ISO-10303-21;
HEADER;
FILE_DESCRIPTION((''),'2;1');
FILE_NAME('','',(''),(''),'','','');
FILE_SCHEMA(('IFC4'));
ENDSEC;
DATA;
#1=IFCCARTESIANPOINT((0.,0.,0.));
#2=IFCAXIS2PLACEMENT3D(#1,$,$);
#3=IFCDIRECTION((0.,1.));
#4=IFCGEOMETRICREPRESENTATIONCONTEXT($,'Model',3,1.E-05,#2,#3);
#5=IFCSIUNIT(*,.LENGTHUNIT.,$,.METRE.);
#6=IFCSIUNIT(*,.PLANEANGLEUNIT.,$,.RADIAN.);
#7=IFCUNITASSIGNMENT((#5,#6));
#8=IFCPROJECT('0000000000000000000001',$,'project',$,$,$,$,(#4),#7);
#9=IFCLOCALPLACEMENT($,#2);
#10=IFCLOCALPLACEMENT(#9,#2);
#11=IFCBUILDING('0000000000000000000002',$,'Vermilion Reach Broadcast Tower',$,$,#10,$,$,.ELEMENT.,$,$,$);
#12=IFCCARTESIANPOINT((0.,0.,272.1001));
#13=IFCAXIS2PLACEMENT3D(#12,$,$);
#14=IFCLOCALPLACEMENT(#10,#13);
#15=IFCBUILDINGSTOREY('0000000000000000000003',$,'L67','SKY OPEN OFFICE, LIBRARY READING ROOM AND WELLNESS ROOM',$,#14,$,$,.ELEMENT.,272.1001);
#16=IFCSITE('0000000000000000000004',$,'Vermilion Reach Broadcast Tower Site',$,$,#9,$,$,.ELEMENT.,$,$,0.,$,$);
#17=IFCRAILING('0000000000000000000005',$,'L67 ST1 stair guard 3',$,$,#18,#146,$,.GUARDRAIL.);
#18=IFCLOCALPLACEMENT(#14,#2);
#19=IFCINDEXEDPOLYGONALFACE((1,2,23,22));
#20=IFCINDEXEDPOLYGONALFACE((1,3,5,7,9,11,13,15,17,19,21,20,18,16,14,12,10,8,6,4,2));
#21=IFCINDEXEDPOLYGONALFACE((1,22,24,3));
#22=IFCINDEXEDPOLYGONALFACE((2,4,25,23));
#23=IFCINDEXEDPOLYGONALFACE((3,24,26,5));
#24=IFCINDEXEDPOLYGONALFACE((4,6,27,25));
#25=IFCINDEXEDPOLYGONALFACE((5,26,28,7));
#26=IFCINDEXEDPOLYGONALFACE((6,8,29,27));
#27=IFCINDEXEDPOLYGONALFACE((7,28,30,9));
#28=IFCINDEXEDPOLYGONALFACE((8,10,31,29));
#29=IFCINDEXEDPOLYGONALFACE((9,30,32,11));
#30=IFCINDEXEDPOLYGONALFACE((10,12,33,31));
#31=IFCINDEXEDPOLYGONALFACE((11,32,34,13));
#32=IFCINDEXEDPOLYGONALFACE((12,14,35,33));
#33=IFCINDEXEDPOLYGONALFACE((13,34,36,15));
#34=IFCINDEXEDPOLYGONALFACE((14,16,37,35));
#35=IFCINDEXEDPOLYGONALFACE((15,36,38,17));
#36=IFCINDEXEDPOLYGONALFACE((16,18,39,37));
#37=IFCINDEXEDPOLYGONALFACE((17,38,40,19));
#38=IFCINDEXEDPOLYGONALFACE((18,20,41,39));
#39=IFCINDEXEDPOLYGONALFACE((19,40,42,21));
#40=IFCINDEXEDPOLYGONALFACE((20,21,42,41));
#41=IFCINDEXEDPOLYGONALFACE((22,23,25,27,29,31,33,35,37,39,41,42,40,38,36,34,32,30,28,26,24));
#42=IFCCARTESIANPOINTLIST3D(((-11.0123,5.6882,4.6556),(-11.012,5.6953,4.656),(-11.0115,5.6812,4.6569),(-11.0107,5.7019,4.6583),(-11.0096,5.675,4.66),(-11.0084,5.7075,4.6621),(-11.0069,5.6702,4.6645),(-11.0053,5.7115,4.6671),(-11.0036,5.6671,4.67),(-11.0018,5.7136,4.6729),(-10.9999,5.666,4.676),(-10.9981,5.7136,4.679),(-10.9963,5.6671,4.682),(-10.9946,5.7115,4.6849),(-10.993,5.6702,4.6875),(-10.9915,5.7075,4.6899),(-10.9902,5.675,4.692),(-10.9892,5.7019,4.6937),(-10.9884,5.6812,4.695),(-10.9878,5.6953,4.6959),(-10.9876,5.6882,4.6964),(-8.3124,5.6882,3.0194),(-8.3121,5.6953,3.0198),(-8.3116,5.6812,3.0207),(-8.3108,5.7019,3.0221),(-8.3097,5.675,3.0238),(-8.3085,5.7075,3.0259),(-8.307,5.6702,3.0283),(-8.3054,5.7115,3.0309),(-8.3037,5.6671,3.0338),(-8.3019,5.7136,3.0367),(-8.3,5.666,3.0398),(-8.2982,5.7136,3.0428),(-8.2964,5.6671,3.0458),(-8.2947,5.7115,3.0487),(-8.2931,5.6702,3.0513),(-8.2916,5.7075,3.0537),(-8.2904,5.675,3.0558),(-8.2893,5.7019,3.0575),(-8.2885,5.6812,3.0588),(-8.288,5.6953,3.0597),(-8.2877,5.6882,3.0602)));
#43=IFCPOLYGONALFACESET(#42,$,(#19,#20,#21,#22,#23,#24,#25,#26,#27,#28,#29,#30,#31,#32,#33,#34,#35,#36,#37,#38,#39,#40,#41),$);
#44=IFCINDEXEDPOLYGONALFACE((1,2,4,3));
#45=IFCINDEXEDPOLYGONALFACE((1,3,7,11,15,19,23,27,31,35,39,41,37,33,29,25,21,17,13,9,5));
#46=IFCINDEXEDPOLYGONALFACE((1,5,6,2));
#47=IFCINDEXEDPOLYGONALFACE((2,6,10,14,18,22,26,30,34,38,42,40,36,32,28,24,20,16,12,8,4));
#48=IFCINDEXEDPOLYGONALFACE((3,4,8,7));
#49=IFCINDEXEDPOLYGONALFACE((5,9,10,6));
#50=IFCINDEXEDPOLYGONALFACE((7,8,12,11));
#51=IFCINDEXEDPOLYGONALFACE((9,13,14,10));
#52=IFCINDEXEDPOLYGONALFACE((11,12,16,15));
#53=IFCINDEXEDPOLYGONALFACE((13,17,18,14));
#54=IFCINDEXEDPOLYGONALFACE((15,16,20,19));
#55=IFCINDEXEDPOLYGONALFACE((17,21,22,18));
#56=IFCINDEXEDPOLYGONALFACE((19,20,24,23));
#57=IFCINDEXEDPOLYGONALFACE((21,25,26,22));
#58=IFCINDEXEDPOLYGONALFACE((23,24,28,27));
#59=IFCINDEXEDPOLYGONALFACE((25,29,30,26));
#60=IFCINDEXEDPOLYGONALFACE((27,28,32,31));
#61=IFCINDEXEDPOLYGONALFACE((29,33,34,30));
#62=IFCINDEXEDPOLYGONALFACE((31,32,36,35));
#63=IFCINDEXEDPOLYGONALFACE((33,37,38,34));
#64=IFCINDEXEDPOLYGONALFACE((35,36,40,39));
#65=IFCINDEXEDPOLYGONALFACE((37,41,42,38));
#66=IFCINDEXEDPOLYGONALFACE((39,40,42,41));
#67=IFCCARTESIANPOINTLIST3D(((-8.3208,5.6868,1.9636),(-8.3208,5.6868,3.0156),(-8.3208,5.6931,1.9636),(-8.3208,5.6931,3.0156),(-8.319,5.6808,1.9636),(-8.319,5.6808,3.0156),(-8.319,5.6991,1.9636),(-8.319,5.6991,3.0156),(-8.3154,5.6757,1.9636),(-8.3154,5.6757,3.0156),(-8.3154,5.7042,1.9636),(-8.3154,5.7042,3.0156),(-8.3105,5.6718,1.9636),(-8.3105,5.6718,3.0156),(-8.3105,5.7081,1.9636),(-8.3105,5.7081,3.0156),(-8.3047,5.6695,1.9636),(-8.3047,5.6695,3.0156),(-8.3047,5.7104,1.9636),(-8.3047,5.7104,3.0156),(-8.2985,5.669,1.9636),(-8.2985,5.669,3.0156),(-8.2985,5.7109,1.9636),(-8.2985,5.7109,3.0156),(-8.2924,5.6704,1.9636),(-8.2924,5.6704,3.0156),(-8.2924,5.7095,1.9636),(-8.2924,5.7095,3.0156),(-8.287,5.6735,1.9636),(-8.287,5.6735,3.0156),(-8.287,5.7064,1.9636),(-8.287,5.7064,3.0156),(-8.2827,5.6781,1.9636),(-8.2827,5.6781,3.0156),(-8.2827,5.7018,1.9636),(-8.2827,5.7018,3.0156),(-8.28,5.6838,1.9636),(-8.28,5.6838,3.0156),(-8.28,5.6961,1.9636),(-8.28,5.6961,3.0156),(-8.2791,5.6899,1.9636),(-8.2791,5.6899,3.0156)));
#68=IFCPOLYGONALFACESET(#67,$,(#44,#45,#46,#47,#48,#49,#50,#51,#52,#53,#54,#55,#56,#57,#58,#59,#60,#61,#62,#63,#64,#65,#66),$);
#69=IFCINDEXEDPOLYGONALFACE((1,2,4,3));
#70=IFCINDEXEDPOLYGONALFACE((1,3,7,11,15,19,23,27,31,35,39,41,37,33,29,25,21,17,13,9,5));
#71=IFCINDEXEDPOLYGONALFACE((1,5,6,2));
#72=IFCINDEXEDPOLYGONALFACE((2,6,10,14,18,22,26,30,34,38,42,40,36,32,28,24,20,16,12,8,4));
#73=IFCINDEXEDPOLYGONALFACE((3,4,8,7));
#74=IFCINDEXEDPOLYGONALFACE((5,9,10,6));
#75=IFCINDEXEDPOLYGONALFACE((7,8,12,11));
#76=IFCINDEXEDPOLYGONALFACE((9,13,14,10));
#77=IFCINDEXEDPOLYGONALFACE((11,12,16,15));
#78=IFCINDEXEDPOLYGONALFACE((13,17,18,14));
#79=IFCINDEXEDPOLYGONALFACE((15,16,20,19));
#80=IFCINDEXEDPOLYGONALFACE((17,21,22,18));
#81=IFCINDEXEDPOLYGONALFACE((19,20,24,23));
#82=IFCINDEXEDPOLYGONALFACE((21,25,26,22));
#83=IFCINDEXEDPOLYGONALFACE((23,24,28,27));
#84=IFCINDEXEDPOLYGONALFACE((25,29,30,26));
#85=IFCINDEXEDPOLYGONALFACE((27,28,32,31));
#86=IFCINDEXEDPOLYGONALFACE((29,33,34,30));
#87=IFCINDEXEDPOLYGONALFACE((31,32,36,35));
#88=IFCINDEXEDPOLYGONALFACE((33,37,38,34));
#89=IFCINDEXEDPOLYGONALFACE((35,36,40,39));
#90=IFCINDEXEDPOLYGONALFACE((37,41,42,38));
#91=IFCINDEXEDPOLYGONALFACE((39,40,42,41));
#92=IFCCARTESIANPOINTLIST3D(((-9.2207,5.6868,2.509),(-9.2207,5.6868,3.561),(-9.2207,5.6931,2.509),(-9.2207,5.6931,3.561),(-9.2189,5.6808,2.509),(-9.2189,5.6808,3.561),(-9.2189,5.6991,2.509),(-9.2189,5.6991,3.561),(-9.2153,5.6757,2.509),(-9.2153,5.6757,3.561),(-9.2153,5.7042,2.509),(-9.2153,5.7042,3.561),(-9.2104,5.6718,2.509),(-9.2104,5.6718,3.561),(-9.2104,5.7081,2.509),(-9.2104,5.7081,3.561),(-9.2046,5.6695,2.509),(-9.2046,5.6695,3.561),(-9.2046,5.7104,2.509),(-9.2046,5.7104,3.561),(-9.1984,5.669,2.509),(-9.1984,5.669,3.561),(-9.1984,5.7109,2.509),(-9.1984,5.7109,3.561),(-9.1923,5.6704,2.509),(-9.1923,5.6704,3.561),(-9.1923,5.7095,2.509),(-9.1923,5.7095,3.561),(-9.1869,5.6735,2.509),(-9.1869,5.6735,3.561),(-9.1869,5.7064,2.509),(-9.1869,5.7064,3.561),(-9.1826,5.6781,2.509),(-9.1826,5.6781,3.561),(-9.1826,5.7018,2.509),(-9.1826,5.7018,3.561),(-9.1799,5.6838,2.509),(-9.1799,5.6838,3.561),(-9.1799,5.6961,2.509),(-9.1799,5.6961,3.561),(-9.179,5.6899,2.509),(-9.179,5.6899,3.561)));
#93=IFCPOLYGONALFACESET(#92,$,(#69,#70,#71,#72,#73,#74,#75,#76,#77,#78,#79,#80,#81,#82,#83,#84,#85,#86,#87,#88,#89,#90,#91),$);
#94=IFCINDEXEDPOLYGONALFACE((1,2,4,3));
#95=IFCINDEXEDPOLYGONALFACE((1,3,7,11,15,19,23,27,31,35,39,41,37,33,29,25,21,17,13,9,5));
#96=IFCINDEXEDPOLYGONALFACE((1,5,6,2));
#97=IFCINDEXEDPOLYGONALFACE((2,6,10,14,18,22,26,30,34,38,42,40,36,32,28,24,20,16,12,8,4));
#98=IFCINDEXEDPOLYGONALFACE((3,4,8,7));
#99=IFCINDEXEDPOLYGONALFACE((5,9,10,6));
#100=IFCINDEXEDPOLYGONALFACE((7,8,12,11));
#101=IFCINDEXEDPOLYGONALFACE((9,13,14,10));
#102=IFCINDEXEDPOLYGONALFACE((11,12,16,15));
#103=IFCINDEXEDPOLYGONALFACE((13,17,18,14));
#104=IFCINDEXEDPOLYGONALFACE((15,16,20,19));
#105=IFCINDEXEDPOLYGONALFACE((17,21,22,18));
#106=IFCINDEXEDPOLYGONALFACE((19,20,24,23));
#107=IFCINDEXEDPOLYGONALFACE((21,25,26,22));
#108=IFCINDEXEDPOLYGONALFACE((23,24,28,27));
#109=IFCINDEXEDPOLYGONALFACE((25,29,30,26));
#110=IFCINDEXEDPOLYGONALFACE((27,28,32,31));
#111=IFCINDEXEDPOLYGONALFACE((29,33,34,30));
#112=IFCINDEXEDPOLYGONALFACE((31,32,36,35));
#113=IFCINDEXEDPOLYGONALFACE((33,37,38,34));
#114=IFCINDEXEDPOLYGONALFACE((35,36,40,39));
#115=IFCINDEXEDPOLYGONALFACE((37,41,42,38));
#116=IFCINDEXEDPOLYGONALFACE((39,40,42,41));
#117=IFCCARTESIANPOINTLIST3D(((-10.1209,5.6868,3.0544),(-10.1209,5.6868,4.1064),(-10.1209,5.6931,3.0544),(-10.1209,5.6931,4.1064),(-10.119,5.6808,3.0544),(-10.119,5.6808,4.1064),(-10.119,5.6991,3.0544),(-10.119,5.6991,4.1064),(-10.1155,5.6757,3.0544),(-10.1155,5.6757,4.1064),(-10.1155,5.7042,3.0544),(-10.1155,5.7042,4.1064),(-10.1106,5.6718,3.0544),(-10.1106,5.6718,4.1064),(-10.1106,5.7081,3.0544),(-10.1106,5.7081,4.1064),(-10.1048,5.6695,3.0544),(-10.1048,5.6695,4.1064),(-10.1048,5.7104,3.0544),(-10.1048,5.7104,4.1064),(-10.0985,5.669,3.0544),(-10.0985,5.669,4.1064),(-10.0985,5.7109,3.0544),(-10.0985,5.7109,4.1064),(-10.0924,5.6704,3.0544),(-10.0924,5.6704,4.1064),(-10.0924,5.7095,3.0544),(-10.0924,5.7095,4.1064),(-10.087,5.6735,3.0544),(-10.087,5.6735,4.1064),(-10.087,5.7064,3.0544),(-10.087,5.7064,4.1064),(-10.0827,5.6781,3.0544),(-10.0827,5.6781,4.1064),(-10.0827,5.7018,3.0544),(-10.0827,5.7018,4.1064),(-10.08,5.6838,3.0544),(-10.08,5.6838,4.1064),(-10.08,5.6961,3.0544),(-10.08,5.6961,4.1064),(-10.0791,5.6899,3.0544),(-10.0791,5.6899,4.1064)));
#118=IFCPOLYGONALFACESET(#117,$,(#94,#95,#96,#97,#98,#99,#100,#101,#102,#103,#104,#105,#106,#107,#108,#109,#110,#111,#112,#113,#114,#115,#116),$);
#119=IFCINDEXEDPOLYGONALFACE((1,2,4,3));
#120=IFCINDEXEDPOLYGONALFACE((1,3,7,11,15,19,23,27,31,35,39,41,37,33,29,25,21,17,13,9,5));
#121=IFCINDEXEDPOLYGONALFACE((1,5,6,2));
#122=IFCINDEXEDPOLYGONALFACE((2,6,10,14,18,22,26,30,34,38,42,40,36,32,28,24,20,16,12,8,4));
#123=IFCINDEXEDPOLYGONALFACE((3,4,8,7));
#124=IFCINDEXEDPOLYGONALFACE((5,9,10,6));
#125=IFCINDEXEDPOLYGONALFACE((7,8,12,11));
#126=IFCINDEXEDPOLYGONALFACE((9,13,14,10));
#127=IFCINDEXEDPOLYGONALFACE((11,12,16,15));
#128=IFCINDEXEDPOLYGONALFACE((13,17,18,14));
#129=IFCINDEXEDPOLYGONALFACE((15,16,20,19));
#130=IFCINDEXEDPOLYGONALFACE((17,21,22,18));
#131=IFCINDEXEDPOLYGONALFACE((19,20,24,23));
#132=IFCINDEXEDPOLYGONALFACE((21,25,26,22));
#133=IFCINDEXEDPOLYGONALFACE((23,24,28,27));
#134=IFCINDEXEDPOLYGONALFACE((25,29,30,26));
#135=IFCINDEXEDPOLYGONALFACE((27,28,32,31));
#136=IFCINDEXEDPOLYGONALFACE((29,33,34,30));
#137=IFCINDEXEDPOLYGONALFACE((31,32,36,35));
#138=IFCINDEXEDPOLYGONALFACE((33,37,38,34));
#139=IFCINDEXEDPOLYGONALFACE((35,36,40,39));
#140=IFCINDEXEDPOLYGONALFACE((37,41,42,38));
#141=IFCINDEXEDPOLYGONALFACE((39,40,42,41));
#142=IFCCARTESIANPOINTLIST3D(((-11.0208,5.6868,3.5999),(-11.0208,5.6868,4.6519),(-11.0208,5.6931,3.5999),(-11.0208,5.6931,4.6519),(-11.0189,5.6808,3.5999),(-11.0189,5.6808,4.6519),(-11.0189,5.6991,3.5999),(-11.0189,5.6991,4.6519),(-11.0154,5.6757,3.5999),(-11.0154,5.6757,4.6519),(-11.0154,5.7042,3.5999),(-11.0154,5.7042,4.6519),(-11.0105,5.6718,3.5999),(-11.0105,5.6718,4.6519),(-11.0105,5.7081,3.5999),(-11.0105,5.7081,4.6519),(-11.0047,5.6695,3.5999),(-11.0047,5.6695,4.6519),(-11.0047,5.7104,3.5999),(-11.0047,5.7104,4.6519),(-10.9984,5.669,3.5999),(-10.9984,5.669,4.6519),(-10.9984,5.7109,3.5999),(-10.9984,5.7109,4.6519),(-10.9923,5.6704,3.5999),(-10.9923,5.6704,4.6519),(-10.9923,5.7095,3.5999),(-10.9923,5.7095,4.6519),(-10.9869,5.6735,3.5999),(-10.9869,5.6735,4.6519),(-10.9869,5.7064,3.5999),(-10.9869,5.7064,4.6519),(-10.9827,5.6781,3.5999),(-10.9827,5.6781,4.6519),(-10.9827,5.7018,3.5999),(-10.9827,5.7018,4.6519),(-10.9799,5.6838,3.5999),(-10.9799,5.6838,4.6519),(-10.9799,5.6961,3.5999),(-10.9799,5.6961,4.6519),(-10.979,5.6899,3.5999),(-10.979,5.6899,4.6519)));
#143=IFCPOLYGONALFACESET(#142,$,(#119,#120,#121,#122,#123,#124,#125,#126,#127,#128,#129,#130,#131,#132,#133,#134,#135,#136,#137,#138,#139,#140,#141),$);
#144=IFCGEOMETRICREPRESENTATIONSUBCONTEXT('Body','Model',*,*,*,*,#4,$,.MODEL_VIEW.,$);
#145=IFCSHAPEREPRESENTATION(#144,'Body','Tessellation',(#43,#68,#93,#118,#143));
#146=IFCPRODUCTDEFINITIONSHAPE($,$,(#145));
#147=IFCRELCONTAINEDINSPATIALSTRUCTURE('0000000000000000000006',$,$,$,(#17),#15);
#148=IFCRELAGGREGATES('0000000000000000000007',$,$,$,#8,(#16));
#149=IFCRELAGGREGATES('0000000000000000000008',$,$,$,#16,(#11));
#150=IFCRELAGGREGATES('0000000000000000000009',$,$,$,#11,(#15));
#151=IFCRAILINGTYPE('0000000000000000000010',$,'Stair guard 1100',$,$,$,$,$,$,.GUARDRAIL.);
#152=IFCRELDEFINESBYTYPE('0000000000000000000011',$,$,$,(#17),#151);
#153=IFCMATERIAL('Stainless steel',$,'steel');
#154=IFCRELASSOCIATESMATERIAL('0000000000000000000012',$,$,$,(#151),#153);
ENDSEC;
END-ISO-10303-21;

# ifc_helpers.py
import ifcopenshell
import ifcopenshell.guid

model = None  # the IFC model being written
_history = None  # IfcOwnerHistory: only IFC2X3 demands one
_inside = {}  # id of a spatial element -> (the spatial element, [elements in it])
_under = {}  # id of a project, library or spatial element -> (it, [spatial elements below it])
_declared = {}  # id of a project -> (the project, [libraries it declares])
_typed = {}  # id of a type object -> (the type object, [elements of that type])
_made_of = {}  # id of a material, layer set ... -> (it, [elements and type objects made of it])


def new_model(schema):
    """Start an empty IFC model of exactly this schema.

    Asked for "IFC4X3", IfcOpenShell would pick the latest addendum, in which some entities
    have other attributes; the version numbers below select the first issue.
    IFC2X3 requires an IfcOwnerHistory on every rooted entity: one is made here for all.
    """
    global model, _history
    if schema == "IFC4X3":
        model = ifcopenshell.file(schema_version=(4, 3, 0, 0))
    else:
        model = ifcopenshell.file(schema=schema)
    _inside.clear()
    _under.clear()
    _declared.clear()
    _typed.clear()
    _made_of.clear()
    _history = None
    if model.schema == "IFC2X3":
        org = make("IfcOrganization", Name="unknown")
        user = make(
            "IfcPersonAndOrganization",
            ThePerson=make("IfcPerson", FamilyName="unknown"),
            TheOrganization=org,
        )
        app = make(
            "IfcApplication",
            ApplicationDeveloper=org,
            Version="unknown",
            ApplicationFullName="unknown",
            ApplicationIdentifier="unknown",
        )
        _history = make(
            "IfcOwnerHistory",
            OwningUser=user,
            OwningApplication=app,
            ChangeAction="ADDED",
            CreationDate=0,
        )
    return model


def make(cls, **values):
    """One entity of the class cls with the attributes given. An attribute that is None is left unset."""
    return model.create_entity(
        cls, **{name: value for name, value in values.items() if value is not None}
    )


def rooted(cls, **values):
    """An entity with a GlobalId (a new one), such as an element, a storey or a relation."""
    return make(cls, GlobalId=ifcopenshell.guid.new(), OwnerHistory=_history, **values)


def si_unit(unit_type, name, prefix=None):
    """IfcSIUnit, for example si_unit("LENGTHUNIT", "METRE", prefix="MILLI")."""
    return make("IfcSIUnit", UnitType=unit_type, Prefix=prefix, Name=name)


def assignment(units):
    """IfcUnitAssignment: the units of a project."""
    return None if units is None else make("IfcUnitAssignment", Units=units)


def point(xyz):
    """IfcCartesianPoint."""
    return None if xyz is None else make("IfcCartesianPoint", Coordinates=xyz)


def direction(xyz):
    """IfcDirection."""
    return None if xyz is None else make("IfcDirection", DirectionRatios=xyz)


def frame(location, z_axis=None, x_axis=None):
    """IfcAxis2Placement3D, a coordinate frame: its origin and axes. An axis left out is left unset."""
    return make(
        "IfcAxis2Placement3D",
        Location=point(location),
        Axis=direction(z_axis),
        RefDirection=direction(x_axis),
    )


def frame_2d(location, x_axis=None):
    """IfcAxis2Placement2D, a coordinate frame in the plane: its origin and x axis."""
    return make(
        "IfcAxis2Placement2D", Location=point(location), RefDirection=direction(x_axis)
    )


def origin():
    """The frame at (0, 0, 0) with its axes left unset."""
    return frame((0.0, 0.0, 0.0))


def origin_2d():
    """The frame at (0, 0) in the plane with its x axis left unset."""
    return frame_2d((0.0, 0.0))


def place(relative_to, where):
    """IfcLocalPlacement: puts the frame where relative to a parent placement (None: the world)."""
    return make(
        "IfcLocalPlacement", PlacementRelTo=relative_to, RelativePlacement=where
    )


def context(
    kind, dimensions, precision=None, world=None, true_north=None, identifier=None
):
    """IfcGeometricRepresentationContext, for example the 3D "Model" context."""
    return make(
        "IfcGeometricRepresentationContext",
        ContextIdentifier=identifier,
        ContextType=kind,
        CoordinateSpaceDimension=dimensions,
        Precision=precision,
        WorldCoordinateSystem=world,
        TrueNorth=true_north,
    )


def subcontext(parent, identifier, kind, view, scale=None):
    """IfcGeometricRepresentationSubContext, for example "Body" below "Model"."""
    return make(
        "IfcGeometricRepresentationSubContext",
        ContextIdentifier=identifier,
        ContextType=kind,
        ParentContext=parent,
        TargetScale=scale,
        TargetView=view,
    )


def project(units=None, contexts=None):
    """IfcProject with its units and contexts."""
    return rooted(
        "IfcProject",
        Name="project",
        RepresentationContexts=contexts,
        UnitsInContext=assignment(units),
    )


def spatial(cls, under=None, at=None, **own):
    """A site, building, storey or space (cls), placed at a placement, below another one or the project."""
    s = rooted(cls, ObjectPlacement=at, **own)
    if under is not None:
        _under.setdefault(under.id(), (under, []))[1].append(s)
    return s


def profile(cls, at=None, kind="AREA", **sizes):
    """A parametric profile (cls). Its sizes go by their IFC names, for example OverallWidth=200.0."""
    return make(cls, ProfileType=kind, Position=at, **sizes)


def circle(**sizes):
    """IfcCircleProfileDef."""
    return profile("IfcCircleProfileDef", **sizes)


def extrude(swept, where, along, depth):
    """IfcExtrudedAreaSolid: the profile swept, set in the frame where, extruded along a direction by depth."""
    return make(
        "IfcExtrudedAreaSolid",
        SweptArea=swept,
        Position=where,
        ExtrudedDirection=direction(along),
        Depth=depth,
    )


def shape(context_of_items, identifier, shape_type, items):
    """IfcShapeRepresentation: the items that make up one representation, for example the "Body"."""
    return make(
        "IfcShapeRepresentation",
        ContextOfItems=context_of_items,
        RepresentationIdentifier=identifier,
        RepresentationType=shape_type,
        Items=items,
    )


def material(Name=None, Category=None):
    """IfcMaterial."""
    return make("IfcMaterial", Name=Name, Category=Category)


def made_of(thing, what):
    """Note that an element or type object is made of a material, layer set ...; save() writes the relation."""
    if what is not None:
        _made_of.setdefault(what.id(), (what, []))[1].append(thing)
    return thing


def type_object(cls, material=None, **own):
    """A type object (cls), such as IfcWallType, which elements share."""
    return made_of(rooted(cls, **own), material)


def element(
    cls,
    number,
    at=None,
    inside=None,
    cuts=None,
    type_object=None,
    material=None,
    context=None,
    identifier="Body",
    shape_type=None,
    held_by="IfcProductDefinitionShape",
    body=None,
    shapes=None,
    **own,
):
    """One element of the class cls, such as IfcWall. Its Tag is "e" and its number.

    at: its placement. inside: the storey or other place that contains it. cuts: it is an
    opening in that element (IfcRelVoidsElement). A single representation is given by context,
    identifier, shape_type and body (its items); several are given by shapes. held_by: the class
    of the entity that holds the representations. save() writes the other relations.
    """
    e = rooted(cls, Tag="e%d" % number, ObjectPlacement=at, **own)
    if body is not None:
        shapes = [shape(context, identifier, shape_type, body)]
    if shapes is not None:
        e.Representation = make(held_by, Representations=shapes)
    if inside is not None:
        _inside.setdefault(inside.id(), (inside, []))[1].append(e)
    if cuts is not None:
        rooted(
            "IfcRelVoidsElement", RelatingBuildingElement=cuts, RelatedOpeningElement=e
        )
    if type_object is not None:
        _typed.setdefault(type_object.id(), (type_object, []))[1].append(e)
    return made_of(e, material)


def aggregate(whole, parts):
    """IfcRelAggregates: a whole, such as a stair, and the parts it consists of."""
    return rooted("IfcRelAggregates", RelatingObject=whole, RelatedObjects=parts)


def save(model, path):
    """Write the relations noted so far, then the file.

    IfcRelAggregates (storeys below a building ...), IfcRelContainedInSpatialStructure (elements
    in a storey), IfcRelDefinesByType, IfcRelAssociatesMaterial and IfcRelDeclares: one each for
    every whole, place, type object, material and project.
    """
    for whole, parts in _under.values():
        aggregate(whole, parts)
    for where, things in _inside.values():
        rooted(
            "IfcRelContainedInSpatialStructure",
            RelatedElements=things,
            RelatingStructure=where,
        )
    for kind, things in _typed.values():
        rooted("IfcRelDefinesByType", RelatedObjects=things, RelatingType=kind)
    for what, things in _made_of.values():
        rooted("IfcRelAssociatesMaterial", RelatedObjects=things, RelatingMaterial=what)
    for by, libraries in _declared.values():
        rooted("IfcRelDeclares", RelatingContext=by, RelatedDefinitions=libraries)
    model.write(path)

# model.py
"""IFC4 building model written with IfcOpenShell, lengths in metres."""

from ifc_helpers import new_model, si_unit, direction, frame, origin, origin_2d, place, context, subcontext, project, spatial, circle, extrude, material, type_object, element, save


model = new_model("IFC4")

# Units and contexts
model_context = context("Model", 3, precision=1e-05, world=origin(), true_north=direction((0.0, 1.0)))
body_context = subcontext(model_context, "Body", "Model", "MODEL_VIEW")
ifc_project = project(units=[si_unit("LENGTHUNIT", "METRE"), si_unit("PLANEANGLEUNIT", "RADIAN")], contexts=[model_context])

# Site, building, storey
site_placement = place(None, origin())
site = spatial("IfcSite", under=ifc_project, at=site_placement, Name="Vermilion Reach Broadcast Tower Site", CompositionType="ELEMENT", RefElevation=0.0)
building_placement = place(site_placement, origin())
building = spatial("IfcBuilding", under=site, at=building_placement, Name="Vermilion Reach Broadcast Tower", CompositionType="ELEMENT")
storey_placement = place(building_placement, frame((0.0, 0.0, 272.1001)))
storey = spatial("IfcBuildingStorey", under=building, at=storey_placement, Name="L67", Description="SKY OPEN OFFICE, LIBRARY READING ROOM AND WELLNESS ROOM", CompositionType="ELEMENT", Elevation=272.1001)

# Railing
ifc_material_1 = material(Name="Stainless steel", Category="steel")
railing_type_1 = type_object("IfcRailingType", Name="Stair guard 1100", PredefinedType="GUARDRAIL", material=ifc_material_1)
railing_1_placement = place(storey_placement, frame((-8.3, 5.6899, 1.9636)))
element("IfcRailing", 1, at=railing_1_placement, inside=storey, type_object=railing_type_1, Name="L67 ST1 stair guard 3", PredefinedType="GUARDRAIL", context=body_context, shape_type="SweptSolid", body=[
    extrude(circle(Radius=0.0239, at=origin_2d()), frame((0.0, 0.0, 1.0762), z_axis=(-0.855212, 0.0, 0.518278), x_axis=(0.0, -1.0, 0.0)), (0.0, 0.0, 1.0), 3.157),
    extrude(circle(Radius=0.021, at=origin_2d()), origin(), (0.0, 0.0, 1.0), 1.052),
    extrude(circle(Radius=0.021, at=origin_2d()), frame((-0.8999, 0.0, 0.5454)), (0.0, 0.0, 1.0), 1.052),
    extrude(circle(Radius=0.021, at=origin_2d()), frame((-1.8, 0.0, 1.0908)), (0.0, 0.0, 1.0), 1.052),
    extrude(circle(Radius=0.021, at=origin_2d()), frame((-2.7, 0.0, 1.6362)), (0.0, 0.0, 1.0), 1.052),
])

save(model, "model.ifc")
